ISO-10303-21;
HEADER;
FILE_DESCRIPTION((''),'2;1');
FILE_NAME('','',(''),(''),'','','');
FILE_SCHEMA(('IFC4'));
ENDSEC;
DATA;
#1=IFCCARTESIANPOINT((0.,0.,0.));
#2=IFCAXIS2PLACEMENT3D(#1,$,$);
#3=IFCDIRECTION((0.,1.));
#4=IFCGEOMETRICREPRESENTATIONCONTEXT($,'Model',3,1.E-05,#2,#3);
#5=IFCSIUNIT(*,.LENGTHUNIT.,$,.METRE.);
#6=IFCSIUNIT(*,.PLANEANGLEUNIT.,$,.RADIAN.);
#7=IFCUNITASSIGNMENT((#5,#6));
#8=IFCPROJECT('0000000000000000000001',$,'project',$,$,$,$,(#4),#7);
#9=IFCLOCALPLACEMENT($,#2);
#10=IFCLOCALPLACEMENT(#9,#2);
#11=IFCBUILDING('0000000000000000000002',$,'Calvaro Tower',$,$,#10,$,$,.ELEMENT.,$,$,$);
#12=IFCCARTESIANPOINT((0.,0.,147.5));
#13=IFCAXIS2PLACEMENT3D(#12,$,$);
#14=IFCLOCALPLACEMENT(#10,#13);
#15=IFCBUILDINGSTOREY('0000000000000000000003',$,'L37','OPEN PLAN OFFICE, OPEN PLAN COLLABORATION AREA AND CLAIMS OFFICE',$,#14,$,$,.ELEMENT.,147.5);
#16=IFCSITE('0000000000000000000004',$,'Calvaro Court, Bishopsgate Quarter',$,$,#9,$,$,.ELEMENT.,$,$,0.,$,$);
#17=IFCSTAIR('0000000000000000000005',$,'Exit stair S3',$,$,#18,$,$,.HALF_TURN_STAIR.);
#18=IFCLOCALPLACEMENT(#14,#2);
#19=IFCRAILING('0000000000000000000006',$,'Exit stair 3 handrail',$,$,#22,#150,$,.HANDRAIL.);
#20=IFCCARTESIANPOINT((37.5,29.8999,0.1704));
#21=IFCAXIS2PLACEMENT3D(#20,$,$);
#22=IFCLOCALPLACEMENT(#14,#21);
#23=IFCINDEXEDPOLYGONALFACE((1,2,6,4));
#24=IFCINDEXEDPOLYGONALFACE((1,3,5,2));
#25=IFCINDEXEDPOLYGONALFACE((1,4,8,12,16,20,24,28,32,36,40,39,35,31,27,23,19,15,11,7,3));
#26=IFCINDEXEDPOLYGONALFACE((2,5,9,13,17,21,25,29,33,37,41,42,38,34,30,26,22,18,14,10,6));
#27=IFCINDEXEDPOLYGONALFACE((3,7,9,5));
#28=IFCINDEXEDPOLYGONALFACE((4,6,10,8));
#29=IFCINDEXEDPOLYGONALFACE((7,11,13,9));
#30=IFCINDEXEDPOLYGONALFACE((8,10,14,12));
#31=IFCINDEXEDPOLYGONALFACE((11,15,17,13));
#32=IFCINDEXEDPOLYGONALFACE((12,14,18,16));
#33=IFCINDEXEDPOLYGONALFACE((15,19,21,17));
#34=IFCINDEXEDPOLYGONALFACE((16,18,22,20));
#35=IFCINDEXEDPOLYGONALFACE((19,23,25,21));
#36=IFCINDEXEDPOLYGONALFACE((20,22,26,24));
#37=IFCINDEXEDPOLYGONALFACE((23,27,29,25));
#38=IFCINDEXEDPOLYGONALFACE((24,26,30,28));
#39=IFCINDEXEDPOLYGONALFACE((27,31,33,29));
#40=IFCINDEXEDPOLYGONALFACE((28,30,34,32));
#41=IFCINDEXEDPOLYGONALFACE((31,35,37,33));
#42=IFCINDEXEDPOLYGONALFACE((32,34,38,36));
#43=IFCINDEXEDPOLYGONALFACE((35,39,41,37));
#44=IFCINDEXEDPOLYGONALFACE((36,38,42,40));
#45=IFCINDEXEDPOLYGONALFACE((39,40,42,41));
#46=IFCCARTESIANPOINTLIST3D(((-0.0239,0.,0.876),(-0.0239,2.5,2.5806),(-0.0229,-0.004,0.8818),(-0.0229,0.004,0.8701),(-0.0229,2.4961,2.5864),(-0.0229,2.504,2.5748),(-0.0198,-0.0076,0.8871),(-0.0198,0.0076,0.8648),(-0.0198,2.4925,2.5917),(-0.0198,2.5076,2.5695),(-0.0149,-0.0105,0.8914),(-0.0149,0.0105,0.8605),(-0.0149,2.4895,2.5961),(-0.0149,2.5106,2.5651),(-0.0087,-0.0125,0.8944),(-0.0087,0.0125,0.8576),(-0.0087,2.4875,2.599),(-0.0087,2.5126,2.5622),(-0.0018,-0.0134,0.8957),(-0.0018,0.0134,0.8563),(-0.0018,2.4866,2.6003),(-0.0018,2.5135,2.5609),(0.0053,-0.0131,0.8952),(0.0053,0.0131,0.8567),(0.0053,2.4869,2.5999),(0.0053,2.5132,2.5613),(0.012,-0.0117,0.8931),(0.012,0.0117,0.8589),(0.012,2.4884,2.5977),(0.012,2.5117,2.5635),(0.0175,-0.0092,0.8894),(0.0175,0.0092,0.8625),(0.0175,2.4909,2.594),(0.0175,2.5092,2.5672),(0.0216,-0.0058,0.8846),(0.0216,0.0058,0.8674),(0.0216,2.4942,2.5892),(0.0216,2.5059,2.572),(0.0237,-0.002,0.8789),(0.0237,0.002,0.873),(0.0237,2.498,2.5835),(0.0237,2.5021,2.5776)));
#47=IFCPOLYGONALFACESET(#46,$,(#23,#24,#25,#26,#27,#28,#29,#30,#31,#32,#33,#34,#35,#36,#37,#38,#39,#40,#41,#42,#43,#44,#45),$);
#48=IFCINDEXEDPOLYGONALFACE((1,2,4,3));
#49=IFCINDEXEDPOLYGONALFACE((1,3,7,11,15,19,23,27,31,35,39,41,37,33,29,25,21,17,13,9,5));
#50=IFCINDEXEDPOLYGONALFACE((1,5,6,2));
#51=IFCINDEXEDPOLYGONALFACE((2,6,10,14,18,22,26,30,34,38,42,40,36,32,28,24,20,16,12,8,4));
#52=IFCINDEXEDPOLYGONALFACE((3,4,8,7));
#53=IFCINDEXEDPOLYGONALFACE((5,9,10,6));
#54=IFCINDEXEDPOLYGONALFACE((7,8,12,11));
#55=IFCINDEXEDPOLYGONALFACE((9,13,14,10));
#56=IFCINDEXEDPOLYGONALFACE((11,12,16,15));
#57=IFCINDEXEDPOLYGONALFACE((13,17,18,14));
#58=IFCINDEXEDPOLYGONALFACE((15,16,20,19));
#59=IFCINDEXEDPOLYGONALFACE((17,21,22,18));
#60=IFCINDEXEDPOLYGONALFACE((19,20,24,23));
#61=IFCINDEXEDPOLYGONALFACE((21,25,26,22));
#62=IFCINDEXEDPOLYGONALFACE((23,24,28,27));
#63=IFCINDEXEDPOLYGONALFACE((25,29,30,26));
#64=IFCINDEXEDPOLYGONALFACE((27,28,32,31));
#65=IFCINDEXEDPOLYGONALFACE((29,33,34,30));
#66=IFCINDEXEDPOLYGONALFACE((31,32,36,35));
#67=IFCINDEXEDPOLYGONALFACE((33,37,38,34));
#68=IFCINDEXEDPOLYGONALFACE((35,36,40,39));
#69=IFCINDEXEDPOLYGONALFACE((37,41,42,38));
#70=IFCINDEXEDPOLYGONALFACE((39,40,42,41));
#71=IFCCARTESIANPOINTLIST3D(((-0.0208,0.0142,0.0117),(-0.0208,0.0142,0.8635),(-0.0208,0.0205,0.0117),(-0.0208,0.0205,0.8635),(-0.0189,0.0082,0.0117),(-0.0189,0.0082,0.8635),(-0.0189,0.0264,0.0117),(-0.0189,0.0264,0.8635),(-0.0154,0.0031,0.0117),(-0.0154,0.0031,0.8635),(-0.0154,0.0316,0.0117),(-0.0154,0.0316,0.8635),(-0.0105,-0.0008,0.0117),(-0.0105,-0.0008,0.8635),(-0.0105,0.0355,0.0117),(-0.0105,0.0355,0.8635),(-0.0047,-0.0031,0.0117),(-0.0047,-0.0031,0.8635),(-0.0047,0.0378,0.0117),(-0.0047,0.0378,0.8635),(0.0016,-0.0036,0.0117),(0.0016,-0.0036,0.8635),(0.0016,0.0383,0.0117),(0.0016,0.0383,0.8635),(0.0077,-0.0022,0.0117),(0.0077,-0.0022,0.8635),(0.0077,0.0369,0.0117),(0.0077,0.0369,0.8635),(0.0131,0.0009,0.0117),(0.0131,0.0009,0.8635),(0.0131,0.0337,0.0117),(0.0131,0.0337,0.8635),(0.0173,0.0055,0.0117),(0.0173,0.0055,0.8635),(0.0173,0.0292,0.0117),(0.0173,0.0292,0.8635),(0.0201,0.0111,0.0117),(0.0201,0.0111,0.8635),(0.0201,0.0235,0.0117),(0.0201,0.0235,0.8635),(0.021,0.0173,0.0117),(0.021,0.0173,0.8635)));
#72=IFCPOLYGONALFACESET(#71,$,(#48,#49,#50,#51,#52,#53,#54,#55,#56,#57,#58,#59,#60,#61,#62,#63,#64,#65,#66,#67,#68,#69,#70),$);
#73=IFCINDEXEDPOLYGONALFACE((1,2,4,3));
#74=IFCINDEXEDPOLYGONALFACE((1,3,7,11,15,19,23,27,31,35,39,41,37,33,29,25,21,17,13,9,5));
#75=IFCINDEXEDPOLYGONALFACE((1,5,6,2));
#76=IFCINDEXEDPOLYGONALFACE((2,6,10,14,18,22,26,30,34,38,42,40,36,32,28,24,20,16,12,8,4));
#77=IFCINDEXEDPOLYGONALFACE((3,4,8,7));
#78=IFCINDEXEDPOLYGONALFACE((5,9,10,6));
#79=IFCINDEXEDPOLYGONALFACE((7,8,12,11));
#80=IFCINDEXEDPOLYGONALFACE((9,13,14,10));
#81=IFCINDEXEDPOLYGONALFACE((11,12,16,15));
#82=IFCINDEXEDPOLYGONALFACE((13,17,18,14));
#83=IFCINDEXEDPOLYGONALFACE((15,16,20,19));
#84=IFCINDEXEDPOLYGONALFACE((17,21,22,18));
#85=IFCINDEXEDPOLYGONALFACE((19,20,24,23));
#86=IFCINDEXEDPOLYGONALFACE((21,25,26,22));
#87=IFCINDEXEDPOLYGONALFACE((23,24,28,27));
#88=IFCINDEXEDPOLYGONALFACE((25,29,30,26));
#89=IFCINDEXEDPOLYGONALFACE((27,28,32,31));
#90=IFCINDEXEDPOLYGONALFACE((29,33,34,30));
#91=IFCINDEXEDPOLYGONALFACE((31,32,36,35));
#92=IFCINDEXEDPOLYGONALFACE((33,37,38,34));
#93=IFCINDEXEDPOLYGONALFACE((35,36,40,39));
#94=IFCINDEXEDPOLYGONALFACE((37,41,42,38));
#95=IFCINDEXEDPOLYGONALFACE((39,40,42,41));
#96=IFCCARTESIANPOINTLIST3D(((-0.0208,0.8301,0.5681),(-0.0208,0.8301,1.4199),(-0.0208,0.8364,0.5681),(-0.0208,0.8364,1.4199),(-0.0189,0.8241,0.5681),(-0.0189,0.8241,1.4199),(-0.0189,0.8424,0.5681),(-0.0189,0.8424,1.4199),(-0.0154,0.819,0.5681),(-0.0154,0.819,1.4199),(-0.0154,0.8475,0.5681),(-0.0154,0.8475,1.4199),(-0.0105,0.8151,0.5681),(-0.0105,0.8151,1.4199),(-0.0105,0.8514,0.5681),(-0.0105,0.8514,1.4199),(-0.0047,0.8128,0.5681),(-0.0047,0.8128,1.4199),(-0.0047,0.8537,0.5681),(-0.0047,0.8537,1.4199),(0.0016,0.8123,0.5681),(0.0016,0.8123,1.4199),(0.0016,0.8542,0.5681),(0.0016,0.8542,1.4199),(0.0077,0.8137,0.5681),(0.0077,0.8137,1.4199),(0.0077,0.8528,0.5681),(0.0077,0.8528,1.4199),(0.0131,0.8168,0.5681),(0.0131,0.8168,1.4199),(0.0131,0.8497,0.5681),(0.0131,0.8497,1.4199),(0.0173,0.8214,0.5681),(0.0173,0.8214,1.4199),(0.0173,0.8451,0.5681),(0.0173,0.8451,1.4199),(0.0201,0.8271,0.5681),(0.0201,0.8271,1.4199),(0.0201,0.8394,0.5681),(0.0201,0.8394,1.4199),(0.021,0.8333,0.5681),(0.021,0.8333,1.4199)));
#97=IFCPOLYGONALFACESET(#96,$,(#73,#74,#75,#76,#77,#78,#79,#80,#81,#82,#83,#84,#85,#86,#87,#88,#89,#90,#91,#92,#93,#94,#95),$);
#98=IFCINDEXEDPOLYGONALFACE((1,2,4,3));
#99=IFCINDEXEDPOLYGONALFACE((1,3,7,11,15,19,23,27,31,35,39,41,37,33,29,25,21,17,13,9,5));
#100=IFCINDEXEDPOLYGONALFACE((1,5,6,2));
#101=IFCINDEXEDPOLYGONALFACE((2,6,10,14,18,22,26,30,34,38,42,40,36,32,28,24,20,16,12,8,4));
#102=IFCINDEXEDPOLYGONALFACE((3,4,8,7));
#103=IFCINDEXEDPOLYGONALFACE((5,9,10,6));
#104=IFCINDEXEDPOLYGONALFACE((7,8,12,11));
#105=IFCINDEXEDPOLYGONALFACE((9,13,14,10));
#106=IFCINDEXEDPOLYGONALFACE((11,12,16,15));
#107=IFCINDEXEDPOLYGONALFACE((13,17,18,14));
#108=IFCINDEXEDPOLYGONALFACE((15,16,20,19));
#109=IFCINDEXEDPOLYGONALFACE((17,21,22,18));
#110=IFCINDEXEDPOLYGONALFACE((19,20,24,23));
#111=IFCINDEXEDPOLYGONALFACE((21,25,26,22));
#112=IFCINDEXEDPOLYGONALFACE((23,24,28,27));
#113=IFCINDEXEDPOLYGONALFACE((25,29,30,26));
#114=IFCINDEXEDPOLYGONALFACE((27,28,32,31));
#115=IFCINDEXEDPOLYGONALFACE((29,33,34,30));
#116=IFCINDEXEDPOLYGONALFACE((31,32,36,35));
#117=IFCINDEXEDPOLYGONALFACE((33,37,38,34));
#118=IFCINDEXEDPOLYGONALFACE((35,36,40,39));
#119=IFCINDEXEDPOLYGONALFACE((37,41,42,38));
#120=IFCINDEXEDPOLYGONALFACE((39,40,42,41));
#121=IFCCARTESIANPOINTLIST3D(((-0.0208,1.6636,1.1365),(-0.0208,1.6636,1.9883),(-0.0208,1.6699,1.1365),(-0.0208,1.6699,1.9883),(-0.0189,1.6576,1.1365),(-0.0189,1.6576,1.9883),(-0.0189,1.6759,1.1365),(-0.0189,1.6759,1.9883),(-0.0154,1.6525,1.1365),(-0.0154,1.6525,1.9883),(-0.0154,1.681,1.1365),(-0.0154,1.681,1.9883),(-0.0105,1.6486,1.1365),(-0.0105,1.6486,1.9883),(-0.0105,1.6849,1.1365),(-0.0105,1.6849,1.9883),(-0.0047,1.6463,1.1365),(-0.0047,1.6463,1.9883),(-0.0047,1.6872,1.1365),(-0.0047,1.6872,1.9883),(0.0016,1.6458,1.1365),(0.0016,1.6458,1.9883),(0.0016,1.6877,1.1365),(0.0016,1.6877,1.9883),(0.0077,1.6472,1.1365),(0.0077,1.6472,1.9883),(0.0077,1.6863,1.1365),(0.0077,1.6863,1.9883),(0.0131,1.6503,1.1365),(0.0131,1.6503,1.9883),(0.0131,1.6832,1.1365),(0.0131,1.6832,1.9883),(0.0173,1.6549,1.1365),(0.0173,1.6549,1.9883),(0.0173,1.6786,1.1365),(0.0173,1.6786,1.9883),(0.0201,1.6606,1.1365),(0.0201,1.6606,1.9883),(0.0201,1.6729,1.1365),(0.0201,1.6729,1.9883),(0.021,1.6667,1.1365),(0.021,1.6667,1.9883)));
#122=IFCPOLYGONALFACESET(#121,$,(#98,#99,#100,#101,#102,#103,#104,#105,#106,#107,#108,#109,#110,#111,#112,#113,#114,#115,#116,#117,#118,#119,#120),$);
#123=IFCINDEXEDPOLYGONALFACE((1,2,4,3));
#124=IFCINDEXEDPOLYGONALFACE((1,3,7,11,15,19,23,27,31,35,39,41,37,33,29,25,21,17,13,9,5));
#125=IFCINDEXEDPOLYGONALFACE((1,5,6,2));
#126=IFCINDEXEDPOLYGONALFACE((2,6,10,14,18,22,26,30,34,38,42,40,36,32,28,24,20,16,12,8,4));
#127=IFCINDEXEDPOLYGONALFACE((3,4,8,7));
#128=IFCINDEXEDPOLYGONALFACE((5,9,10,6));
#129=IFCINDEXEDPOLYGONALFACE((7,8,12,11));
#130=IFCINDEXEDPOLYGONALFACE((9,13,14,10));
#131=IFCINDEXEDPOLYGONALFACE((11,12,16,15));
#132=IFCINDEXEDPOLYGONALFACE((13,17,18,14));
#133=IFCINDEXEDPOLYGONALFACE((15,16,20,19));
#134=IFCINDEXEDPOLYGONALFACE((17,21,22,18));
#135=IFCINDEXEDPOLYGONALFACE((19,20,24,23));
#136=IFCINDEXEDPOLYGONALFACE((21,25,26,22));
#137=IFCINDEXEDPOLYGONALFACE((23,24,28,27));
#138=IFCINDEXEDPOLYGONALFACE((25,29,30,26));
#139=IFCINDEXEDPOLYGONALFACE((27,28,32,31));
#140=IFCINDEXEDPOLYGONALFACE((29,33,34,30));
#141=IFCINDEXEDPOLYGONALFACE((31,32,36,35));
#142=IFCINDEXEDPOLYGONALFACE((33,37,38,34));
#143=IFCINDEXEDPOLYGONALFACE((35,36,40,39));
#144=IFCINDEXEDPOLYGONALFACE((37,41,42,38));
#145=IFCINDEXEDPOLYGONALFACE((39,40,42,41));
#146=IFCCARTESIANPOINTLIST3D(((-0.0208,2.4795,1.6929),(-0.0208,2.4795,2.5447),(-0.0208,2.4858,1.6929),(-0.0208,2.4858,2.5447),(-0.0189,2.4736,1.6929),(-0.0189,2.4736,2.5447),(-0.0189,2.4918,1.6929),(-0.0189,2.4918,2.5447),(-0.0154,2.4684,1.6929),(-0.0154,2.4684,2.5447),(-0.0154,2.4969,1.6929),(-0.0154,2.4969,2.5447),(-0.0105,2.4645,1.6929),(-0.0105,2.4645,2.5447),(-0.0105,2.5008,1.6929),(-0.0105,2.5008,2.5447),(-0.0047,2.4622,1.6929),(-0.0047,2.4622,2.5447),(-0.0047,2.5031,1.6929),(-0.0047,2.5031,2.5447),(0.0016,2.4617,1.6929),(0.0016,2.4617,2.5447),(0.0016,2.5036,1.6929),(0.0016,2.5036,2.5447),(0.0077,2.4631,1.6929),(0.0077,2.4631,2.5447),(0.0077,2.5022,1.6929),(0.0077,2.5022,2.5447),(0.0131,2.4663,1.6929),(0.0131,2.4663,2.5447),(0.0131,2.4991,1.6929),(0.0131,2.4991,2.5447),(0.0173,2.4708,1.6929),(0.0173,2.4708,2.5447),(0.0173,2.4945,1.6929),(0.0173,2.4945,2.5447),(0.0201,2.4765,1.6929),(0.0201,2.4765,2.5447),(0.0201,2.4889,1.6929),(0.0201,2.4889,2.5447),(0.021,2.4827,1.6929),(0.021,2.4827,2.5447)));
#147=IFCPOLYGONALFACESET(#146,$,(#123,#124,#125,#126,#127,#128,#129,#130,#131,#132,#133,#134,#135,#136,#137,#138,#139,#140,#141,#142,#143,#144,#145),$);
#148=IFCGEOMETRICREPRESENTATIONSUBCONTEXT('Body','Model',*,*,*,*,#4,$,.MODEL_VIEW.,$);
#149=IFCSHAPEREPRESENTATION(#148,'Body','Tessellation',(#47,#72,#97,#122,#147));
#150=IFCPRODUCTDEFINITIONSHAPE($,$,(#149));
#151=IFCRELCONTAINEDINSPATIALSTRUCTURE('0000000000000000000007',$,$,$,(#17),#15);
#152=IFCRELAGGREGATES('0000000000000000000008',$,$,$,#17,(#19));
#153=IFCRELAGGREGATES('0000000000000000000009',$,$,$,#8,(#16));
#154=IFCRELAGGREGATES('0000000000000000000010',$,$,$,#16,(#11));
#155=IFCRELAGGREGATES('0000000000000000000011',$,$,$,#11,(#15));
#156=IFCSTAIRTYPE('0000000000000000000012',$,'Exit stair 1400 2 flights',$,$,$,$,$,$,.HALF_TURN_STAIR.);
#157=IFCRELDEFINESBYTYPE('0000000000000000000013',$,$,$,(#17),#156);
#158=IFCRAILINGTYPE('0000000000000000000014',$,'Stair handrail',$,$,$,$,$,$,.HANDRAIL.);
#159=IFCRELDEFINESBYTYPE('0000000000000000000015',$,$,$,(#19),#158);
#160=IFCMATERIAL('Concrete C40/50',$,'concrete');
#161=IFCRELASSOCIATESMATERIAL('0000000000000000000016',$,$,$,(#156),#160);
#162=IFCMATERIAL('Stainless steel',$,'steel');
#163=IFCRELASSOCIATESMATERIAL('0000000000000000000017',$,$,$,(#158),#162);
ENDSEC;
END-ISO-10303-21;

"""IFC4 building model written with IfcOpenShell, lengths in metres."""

from ifc_helpers import new_model, si_unit, direction, frame, origin, origin_2d, place, context, subcontext, project, spatial, circle, extrude, material, type_object, element, aggregate, save


model = new_model("IFC4")

# Units and contexts
model_context = context("Model", 3, precision=1e-05, world=origin(), true_north=direction((0.0, 1.0)))
body_context = subcontext(model_context, "Body", "Model", "MODEL_VIEW")
ifc_project = project(units=[si_unit("LENGTHUNIT", "METRE"), si_unit("PLANEANGLEUNIT", "RADIAN")], contexts=[model_context])

# Site, building, storey
site_placement = place(None, origin())
site = spatial("IfcSite", under=ifc_project, at=site_placement, Name="Calvaro Court, Bishopsgate Quarter", CompositionType="ELEMENT", RefElevation=0.0)
building_placement = place(site_placement, origin())
building = spatial("IfcBuilding", under=site, at=building_placement, Name="Calvaro Tower", CompositionType="ELEMENT")
storey_placement = place(building_placement, frame((0.0, 0.0, 147.5)))
storey = spatial("IfcBuildingStorey", under=building, at=storey_placement, Name="L37", Description="OPEN PLAN OFFICE, OPEN PLAN COLLABORATION AREA AND CLAIMS OFFICE", CompositionType="ELEMENT", Elevation=147.5)

# Stair
ifc_material_1 = material(Name="Concrete C40/50", Category="concrete")
stair_type = type_object("IfcStairType", Name="Exit stair 1400 2 flights", PredefinedType="HALF_TURN_STAIR", material=ifc_material_1)
stair_1_placement = place(storey_placement, origin())
stair_1 = element("IfcStair", 1, at=stair_1_placement, inside=storey, type_object=stair_type, Name="Exit stair S3", PredefinedType="HALF_TURN_STAIR")

# Railing
ifc_material_2 = material(Name="Stainless steel", Category="steel")
railing_type = type_object("IfcRailingType", Name="Stair handrail", PredefinedType="HANDRAIL", material=ifc_material_2)
railing_1_placement = place(storey_placement, frame((37.5, 29.8999, 0.1704)))
railing_1 = element("IfcRailing", 2, at=railing_1_placement, type_object=railing_type, Name="Exit stair 3 handrail", PredefinedType="HANDRAIL", context=body_context, shape_type="SweptSolid", body=[
    extrude(circle(Radius=0.0239, at=origin_2d()), frame((0.0, 0.0, 0.876), z_axis=(0.0, 0.826221, 0.563347), x_axis=(-1.0, 0.0, 0.0)), (0.0, 0.0, 1.0), 3.0259),
    extrude(circle(Radius=0.021, at=origin_2d()), frame((0.0, 0.0173, 0.0117)), (0.0, 0.0, 1.0), 0.8518),
    extrude(circle(Radius=0.021, at=origin_2d()), frame((0.0, 0.8333, 0.5681)), (0.0, 0.0, 1.0), 0.8518),
    extrude(circle(Radius=0.021, at=origin_2d()), frame((0.0, 1.6667, 1.1365)), (0.0, 0.0, 1.0), 0.8518),
    extrude(circle(Radius=0.021, at=origin_2d()), frame((0.0, 2.4827, 1.6929)), (0.0, 0.0, 1.0), 0.8518),
])
aggregate(stair_1, [railing_1])

save(model, "model.ifc")
